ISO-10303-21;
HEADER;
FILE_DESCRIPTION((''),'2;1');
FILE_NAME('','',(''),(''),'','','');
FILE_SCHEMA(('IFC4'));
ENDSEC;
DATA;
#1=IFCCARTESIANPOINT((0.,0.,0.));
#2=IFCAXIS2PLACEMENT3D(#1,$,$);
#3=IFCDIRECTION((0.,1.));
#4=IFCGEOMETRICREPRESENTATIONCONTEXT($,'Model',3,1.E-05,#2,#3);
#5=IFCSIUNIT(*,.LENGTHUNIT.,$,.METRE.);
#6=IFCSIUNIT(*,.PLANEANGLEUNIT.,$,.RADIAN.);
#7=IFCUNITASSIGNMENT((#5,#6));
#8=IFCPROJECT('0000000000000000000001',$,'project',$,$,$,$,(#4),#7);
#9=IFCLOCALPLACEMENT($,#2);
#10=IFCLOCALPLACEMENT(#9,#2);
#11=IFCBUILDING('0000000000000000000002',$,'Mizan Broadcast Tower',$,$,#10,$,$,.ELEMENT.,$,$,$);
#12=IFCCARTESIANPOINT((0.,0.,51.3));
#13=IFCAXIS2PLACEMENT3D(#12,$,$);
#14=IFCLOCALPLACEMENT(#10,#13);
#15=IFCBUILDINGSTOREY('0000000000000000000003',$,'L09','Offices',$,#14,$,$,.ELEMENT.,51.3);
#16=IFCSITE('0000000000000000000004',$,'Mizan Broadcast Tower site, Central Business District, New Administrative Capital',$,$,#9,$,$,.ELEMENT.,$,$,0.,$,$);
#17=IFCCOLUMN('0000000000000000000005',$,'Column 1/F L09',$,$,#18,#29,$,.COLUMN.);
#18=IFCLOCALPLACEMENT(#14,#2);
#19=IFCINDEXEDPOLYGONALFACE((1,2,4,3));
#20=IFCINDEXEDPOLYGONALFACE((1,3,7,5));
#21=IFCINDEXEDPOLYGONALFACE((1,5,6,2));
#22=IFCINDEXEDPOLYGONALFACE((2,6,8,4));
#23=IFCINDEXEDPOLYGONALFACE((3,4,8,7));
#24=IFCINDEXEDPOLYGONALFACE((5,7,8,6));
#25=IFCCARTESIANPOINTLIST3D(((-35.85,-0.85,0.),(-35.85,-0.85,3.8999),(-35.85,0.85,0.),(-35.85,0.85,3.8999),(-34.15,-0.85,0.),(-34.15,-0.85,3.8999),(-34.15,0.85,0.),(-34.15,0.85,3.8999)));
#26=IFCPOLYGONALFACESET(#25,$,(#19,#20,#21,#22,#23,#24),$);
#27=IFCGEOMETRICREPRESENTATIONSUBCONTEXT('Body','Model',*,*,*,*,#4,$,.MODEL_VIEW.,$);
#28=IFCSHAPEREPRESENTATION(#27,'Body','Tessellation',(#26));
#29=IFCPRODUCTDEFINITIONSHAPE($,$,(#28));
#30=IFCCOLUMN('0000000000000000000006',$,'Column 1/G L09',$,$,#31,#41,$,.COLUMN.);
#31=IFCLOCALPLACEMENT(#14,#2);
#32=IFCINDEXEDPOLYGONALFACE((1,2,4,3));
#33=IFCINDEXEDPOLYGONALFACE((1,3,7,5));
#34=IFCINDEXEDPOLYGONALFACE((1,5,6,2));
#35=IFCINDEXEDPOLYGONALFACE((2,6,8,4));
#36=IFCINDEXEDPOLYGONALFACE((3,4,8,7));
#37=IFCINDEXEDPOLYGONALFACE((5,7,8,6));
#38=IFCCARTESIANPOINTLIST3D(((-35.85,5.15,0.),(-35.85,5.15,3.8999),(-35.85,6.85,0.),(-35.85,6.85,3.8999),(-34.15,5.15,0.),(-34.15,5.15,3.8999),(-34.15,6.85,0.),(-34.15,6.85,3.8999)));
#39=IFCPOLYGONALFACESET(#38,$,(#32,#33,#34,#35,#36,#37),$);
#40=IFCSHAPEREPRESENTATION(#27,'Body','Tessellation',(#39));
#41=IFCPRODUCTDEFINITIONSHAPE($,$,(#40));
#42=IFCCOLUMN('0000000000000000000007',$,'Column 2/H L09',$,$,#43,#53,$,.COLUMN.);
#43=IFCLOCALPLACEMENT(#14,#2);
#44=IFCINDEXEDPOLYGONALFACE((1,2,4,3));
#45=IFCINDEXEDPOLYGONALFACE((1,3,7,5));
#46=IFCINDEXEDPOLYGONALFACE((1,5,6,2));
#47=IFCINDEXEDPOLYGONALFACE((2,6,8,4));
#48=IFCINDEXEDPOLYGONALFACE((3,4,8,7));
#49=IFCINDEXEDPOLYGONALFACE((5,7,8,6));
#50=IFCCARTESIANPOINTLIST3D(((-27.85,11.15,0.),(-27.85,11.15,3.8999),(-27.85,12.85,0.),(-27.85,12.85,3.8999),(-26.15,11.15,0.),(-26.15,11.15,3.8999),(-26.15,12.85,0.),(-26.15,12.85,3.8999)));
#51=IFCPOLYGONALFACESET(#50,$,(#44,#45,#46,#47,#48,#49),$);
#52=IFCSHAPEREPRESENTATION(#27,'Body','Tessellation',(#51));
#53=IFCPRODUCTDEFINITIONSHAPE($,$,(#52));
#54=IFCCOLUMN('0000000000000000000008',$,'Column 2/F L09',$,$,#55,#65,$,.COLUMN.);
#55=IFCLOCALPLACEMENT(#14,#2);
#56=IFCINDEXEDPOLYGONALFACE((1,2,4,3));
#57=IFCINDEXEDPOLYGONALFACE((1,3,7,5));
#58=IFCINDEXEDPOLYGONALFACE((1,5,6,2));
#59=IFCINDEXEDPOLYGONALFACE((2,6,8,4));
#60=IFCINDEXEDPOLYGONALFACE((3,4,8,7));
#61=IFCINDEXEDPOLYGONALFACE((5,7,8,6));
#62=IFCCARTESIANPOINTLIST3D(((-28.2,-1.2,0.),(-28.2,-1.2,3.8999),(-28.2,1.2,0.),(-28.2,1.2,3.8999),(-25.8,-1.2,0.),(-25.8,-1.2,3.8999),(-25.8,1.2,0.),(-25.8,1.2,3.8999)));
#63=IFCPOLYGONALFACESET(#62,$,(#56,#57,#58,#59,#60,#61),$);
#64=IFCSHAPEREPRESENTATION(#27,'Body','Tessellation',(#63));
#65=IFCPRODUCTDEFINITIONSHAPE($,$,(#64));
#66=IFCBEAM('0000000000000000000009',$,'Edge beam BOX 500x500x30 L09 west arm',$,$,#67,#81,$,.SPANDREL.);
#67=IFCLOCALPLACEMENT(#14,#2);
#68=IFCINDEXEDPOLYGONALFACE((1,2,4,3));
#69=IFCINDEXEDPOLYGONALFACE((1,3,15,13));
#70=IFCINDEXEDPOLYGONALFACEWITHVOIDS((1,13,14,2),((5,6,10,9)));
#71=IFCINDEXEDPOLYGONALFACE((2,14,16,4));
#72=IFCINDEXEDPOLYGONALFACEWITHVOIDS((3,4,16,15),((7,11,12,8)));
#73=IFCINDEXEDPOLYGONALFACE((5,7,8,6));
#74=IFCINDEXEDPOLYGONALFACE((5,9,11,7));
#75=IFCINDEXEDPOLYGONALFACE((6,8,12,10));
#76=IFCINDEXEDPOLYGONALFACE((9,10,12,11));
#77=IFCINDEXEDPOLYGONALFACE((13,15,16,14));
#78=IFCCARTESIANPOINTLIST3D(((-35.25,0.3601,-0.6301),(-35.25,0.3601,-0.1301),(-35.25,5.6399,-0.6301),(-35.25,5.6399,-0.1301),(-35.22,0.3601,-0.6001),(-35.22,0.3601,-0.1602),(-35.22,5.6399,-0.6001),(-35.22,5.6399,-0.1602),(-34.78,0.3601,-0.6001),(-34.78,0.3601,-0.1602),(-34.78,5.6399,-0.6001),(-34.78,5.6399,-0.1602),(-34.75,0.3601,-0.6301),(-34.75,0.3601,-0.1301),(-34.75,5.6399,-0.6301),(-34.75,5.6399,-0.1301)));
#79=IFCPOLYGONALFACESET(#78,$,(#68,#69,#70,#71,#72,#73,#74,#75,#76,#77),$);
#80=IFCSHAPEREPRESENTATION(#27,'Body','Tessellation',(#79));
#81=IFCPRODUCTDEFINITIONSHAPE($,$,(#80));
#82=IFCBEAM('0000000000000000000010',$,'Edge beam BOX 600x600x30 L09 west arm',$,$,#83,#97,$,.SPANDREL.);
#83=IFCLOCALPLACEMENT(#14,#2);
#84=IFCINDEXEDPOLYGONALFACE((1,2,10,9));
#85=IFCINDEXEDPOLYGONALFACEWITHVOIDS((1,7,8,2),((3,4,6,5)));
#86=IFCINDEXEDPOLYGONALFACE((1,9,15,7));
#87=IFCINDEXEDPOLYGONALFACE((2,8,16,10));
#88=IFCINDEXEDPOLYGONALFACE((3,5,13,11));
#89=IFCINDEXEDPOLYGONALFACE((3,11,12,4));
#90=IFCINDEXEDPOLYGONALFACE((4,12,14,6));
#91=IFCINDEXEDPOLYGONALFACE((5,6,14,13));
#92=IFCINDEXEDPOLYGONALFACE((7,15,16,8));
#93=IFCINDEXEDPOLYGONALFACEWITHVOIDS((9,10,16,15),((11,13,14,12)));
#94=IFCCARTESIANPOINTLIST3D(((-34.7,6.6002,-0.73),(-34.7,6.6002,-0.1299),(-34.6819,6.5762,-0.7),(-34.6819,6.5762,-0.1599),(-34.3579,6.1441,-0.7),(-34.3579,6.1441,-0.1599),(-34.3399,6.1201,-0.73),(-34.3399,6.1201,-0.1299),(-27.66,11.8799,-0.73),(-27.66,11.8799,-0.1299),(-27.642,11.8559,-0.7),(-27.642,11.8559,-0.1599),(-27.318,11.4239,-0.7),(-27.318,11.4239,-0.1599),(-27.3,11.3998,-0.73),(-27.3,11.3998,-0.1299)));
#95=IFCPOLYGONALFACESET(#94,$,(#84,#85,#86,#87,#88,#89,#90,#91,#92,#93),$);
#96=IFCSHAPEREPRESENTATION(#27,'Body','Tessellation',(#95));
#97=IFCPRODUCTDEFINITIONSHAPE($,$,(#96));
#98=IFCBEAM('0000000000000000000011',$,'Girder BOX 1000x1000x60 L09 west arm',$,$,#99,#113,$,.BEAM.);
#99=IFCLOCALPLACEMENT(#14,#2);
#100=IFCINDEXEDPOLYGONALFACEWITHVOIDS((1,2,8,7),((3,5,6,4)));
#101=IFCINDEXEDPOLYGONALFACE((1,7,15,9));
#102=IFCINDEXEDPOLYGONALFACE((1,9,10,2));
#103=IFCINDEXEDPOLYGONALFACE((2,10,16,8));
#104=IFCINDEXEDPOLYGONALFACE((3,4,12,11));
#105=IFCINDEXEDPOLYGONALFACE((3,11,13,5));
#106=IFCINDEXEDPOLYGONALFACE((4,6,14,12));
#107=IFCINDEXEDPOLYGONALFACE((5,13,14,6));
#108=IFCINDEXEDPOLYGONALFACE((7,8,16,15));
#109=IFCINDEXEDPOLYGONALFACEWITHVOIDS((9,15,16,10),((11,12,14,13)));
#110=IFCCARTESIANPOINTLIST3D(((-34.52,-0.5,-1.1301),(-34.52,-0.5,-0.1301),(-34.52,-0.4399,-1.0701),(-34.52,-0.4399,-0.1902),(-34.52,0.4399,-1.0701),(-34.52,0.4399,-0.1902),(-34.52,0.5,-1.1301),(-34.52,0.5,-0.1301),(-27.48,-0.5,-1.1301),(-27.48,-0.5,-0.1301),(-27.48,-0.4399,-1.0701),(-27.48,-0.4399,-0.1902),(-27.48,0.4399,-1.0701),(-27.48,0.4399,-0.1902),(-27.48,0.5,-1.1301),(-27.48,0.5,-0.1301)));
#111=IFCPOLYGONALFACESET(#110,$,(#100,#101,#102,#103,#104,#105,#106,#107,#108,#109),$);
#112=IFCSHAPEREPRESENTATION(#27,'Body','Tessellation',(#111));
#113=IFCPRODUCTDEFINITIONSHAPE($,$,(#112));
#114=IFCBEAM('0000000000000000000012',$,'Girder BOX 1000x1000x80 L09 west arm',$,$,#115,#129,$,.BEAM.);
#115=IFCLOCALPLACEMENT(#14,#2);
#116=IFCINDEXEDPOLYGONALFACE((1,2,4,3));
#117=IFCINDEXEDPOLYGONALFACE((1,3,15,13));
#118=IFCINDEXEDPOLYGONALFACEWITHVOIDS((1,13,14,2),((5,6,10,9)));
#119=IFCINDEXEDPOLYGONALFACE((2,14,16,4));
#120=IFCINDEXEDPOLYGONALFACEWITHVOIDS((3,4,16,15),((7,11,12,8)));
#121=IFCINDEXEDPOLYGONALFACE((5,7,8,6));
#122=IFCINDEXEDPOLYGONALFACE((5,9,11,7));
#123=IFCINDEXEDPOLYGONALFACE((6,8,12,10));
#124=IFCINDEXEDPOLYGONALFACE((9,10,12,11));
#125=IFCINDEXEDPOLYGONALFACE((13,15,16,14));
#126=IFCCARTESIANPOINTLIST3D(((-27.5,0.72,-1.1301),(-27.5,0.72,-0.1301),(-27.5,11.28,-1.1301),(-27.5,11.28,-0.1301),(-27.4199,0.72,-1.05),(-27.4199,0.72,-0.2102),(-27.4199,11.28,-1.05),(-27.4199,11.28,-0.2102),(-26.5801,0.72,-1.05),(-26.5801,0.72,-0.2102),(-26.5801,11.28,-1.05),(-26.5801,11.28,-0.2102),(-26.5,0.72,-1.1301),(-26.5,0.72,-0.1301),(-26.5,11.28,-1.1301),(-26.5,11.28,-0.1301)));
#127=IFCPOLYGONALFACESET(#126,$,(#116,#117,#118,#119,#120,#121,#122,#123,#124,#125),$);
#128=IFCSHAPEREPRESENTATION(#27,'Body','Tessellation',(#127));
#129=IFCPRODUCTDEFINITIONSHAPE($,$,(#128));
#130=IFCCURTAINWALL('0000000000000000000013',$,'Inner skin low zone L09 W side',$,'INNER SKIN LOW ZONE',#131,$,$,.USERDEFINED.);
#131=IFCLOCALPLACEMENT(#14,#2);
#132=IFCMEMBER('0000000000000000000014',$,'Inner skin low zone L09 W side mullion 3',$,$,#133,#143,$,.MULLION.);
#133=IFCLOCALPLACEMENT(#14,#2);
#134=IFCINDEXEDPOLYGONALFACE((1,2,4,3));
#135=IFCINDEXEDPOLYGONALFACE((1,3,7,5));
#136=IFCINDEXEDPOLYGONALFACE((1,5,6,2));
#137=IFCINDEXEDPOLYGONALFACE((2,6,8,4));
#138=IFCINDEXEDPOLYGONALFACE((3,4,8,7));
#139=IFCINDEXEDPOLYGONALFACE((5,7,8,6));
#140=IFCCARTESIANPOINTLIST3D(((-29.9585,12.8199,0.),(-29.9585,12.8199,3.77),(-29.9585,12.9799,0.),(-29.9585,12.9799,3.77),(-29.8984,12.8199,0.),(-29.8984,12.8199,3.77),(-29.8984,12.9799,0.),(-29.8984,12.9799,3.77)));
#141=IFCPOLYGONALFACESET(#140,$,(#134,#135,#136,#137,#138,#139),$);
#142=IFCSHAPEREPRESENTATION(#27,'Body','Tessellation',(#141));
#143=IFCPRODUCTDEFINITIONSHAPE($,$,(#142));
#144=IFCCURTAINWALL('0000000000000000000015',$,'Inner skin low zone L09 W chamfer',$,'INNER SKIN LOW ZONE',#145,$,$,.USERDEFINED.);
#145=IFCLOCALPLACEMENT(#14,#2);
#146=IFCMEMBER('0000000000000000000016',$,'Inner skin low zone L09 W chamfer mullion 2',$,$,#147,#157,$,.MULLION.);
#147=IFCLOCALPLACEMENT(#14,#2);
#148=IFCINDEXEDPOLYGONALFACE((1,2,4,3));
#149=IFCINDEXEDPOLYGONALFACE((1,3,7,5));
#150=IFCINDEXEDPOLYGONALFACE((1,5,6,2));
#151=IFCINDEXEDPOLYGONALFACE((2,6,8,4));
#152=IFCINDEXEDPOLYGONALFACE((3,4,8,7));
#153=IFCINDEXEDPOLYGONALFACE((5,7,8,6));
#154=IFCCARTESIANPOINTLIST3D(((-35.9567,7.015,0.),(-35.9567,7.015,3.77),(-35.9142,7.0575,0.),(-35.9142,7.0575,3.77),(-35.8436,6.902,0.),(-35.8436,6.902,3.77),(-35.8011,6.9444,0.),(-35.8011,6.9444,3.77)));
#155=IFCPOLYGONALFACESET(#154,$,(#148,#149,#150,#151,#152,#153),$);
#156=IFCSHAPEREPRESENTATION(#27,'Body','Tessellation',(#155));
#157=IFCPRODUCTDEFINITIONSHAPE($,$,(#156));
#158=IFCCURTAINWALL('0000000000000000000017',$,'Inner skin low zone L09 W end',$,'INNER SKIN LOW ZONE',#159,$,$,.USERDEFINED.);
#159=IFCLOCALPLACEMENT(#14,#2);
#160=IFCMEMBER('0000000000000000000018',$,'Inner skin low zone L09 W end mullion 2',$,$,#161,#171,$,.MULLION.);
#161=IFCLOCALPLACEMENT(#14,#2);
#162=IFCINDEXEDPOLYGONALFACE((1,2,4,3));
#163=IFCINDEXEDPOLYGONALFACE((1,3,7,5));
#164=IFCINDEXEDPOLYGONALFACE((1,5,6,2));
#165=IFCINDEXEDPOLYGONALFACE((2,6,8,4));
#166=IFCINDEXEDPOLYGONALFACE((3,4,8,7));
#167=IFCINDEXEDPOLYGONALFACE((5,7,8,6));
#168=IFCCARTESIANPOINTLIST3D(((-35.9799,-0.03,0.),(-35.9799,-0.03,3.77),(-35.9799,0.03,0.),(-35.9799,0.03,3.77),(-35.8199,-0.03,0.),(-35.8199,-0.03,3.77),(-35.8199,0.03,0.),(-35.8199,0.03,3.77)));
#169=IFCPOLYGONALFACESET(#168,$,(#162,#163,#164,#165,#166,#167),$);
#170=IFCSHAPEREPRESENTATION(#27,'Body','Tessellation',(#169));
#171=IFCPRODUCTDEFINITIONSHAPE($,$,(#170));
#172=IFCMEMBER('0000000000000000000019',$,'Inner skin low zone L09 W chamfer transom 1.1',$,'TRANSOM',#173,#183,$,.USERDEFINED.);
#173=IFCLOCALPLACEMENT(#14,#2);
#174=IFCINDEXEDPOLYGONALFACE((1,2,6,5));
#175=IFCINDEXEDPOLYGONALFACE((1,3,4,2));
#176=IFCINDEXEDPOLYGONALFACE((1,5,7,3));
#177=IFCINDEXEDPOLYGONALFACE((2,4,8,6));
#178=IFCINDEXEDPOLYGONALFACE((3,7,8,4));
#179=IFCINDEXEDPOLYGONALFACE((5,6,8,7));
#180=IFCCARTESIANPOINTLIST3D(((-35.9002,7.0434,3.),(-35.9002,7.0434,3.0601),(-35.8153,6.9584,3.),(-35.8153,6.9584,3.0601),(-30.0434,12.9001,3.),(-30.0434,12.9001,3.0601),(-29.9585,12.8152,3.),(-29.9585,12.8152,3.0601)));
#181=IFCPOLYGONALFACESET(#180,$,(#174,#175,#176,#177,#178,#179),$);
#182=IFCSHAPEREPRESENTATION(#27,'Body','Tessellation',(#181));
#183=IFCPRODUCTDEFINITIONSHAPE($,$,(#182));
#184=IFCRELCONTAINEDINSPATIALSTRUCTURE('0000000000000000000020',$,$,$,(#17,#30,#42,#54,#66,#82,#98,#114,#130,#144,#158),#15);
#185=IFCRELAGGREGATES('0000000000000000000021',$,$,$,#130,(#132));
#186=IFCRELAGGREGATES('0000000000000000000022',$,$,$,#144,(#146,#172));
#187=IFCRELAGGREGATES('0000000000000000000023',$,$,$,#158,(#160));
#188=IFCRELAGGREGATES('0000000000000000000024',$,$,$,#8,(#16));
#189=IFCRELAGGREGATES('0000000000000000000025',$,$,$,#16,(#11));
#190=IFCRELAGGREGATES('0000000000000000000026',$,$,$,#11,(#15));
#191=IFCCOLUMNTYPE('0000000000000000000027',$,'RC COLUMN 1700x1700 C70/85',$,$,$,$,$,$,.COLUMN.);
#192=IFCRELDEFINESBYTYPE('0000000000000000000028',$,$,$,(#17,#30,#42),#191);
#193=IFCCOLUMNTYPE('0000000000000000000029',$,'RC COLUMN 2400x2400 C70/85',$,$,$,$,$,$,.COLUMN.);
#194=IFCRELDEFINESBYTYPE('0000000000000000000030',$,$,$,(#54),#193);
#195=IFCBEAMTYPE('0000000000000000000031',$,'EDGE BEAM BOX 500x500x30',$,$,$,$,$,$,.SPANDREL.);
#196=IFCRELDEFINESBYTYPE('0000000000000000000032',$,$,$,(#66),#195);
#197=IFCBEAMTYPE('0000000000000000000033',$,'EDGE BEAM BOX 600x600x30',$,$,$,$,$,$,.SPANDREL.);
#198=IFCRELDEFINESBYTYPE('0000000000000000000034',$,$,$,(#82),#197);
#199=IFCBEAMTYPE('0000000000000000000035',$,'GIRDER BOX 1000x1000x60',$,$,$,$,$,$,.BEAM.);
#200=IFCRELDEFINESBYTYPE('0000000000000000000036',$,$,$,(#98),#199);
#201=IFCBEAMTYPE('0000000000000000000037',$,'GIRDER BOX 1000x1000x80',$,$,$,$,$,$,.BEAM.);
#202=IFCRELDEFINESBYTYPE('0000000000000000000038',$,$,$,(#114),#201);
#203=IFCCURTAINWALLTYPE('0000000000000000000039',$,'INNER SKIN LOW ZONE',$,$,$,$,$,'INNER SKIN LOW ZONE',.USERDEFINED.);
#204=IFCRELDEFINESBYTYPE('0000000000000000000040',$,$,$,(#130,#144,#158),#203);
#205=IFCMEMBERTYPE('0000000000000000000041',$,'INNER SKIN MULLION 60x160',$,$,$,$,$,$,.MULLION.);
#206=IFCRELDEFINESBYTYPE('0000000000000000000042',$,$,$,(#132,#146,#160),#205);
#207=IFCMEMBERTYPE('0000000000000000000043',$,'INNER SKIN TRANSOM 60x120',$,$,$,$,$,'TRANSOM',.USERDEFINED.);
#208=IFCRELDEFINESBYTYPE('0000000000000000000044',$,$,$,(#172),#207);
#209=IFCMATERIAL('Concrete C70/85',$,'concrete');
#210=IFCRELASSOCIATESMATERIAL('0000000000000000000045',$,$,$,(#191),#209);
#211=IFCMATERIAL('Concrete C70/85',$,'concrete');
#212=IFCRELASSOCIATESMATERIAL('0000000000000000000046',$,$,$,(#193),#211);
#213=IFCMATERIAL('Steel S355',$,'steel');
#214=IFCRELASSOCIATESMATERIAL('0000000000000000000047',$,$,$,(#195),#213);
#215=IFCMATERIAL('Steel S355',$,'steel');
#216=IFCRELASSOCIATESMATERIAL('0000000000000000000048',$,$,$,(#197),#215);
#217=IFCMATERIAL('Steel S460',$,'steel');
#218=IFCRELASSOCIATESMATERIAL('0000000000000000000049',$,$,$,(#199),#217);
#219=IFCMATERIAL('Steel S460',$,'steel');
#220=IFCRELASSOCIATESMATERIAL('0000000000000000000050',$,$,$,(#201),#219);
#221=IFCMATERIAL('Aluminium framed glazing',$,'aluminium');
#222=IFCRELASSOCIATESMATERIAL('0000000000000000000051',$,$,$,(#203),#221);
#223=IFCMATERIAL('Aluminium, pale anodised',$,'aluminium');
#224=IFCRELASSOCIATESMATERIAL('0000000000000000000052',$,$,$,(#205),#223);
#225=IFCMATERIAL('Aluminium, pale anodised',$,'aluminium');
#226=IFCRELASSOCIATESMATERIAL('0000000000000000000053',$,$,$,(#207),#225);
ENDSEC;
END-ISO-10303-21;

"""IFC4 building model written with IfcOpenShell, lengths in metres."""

from ifc_helpers import new_model, si_unit, direction, frame, origin, origin_2d, place, context, subcontext, project, spatial, rectangle, hollow_rectangle, extrude, material, material_profile, profile_set, type_object, element, aggregate, save


model = new_model("IFC4")

# Units and contexts
model_context = context("Model", 3, precision=1e-05, world=origin(), true_north=direction((0.0, 1.0)))
body_context = subcontext(model_context, "Body", "Model", "MODEL_VIEW")
ifc_project = project(units=[si_unit("LENGTHUNIT", "METRE"), si_unit("PLANEANGLEUNIT", "RADIAN")], contexts=[model_context])

# Site, building, storey
site_placement = place(None, origin())
site = spatial("IfcSite", under=ifc_project, at=site_placement, Name="Mizan Broadcast Tower site, Central Business District, New Administrative Capital", CompositionType="ELEMENT", RefElevation=0.0)
building_placement = place(site_placement, origin())
building = spatial("IfcBuilding", under=site, at=building_placement, Name="Mizan Broadcast Tower", CompositionType="ELEMENT")
storey_placement = place(building_placement, frame((0.0, 0.0, 51.3)))
storey = spatial("IfcBuildingStorey", under=building, at=storey_placement, Name="L09", Description="Offices", CompositionType="ELEMENT", Elevation=51.3)

# Columns
ifc_material_1 = material(Name="Concrete C70/85", Category="concrete")
ifc_material_profile_1 = material_profile(ifc_material_1, rectangle(XDim=1.7, YDim=1.7, at=origin_2d()), Name="RC 1700x1700")
ifc_profile_set_1 = profile_set([ifc_material_profile_1], Name="Concrete C70/85")
column_type_1 = type_object("IfcColumnType", Name="RC COLUMN 1700x1700 C70/85", PredefinedType="COLUMN", material=ifc_profile_set_1)
for number, where, z_axis, x_axis, name in (
    (1, (-35.0, 0.0, 0.0), (0.0, 0.0, 1.0), (1.0, 0.0, 0.0), "Column 1/F L09"),
    (2, (-35.0, 6.0, 0.0), (0.0, 0.0, 1.0), (1.0, 0.0, 0.0), "Column 1/G L09"),
    (3, (-27.0, 12.0, 0.0), (0.0, 0.0, 1.0), (1.0, 0.0, 0.0), "Column 2/H L09"),
):
    element("IfcColumn", number, at=place(storey_placement, frame(where, z_axis=z_axis, x_axis=x_axis)), inside=storey, type_object=column_type_1, Name=name, PredefinedType="COLUMN", context=body_context, shape_type="SweptSolid", body=[
        extrude(rectangle(XDim=1.7, YDim=1.7, at=origin_2d()), origin(), (0.0, 0.0, 1.0), 3.8999),
    ])
ifc_material_2 = material(Name="Concrete C70/85", Category="concrete")
ifc_material_profile_2 = material_profile(ifc_material_2, rectangle(XDim=2.3999, YDim=2.3999, at=origin_2d()), Name="RC 2400x2400")
ifc_profile_set_2 = profile_set([ifc_material_profile_2], Name="Concrete C70/85")
column_type_2 = type_object("IfcColumnType", Name="RC COLUMN 2400x2400 C70/85", PredefinedType="COLUMN", material=ifc_profile_set_2)
column_placement = place(storey_placement, frame((-27.0, 0.0, 0.0), z_axis=(0.0, 0.0, 1.0), x_axis=(1.0, 0.0, 0.0)))
element("IfcColumn", 4, at=column_placement, inside=storey, type_object=column_type_2, Name="Column 2/F L09", PredefinedType="COLUMN", context=body_context, shape_type="SweptSolid", body=[
    extrude(rectangle(XDim=2.3999, YDim=2.3999, at=origin_2d()), origin(), (0.0, 0.0, 1.0), 3.8999),
])

# Beams
ifc_material_3 = material(Name="Steel S355", Category="steel")
ifc_material_profile_3 = material_profile(ifc_material_3, hollow_rectangle(XDim=0.5, YDim=0.5, WallThickness=0.03, at=origin_2d()), Name="BOX 500x500x30")
ifc_profile_set_3 = profile_set([ifc_material_profile_3], Name="Steel S355")
beam_type_1 = type_object("IfcBeamType", Name="EDGE BEAM BOX 500x500x30", PredefinedType="SPANDREL", material=ifc_profile_set_3)
beam_1_placement = place(storey_placement, frame((-35.0, 5.6399, -0.3801), z_axis=(0.0, -1.0, 0.0), x_axis=(1.0, 0.0, 0.0)))
element("IfcBeam", 5, at=beam_1_placement, inside=storey, type_object=beam_type_1, Name="Edge beam BOX 500x500x30 L09 west arm", PredefinedType="SPANDREL", context=body_context, shape_type="SweptSolid", body=[
    extrude(hollow_rectangle(XDim=0.5, YDim=0.5, WallThickness=0.03, at=origin_2d()), origin(), (0.0, 0.0, 1.0), 5.2798),
])
ifc_material_4 = material(Name="Steel S355", Category="steel")
ifc_material_profile_4 = material_profile(ifc_material_4, hollow_rectangle(XDim=0.6001, YDim=0.6001, WallThickness=0.03, at=origin_2d()), Name="BOX 600x600x30")
ifc_profile_set_4 = profile_set([ifc_material_profile_4], Name="Steel S355")
beam_type_2 = type_object("IfcBeamType", Name="EDGE BEAM BOX 600x600x30", PredefinedType="SPANDREL", material=ifc_profile_set_4)
beam_2_placement = place(storey_placement, frame((-27.48, 11.6399, -0.4299), z_axis=(-0.800013, -0.599982, 0.0), x_axis=(0.599982, -0.800013, 0.0)))
element("IfcBeam", 6, at=beam_2_placement, inside=storey, type_object=beam_type_2, Name="Edge beam BOX 600x600x30 L09 west arm", PredefinedType="SPANDREL", context=body_context, shape_type="SweptSolid", body=[
    extrude(hollow_rectangle(XDim=0.6001, YDim=0.6001, WallThickness=0.03, at=origin_2d()), origin(), (0.0, 0.0, 1.0), 8.7998),
])
ifc_material_5 = material(Name="Steel S460", Category="steel")
ifc_material_profile_5 = material_profile(ifc_material_5, hollow_rectangle(XDim=1.0, YDim=1.0, WallThickness=0.0601, at=origin_2d()), Name="BOX 1000x1000x60")
ifc_profile_set_5 = profile_set([ifc_material_profile_5], Name="Steel S460")
beam_type_3 = type_object("IfcBeamType", Name="GIRDER BOX 1000x1000x60", PredefinedType="BEAM", material=ifc_profile_set_5)
beam_3_placement = place(storey_placement, frame((-27.48, 0.0, -0.6301), z_axis=(-1.0, 0.0, 0.0), x_axis=(0.0, -1.0, 0.0)))
element("IfcBeam", 7, at=beam_3_placement, inside=storey, type_object=beam_type_3, Name="Girder BOX 1000x1000x60 L09 west arm", PredefinedType="BEAM", context=body_context, shape_type="SweptSolid", body=[
    extrude(hollow_rectangle(XDim=1.0, YDim=1.0, WallThickness=0.0601, at=origin_2d()), origin(), (0.0, 0.0, 1.0), 7.04),
])
ifc_material_6 = material(Name="Steel S460", Category="steel")
ifc_material_profile_6 = material_profile(ifc_material_6, hollow_rectangle(XDim=1.0, YDim=1.0, WallThickness=0.0801, at=origin_2d()), Name="BOX 1000x1000x80")
ifc_profile_set_6 = profile_set([ifc_material_profile_6], Name="Steel S460")
beam_type_4 = type_object("IfcBeamType", Name="GIRDER BOX 1000x1000x80", PredefinedType="BEAM", material=ifc_profile_set_6)
beam_4_placement = place(storey_placement, frame((-27.0, 11.28, -0.6301), z_axis=(0.0, -1.0, 0.0), x_axis=(1.0, 0.0, 0.0)))
element("IfcBeam", 8, at=beam_4_placement, inside=storey, type_object=beam_type_4, Name="Girder BOX 1000x1000x80 L09 west arm", PredefinedType="BEAM", context=body_context, shape_type="SweptSolid", body=[
    extrude(hollow_rectangle(XDim=1.0, YDim=1.0, WallThickness=0.0801, at=origin_2d()), origin(), (0.0, 0.0, 1.0), 10.5601),
])

# Curtain walls, members
ifc_material_7 = material(Name="Aluminium framed glazing", Category="aluminium")
curtain_wall_type_1 = type_object("IfcCurtainWallType", Name="INNER SKIN LOW ZONE", ElementType="INNER SKIN LOW ZONE", PredefinedType="USERDEFINED", material=ifc_material_7)
curtain_wall_1_placement = place(storey_placement, origin())
curtain_wall_1 = element("IfcCurtainWall", 9, at=curtain_wall_1_placement, inside=storey, type_object=curtain_wall_type_1, Name="Inner skin low zone L09 W side", ObjectType="INNER SKIN LOW ZONE", PredefinedType="USERDEFINED")
ifc_material_8 = material(Name="Aluminium, pale anodised", Category="aluminium")
ifc_material_profile_7 = material_profile(ifc_material_8, rectangle(XDim=0.1599, YDim=0.0601, at=origin_2d()), Name="MULLION 160x60")
ifc_profile_set_7 = profile_set([ifc_material_profile_7], Name="Aluminium, pale anodised")
member_type_1 = type_object("IfcMemberType", Name="INNER SKIN MULLION 60x160", PredefinedType="MULLION", material=ifc_profile_set_7)
member_1_placement = place(storey_placement, frame((-29.9285, 12.8999, 0.0), z_axis=(0.0, 0.0, 1.0), x_axis=(0.0, -1.0, 0.0)))
member_1 = element("IfcMember", 10, at=member_1_placement, type_object=member_type_1, Name="Inner skin low zone L09 W side mullion 3", PredefinedType="MULLION", context=body_context, shape_type="SweptSolid", body=[
    extrude(rectangle(XDim=0.1599, YDim=0.0601, at=origin_2d()), origin(), (0.0, 0.0, 1.0), 3.77),
])
curtain_wall_2_placement = place(storey_placement, origin())
curtain_wall_2 = element("IfcCurtainWall", 11, at=curtain_wall_2_placement, inside=storey, type_object=curtain_wall_type_1, Name="Inner skin low zone L09 W chamfer", ObjectType="INNER SKIN LOW ZONE", PredefinedType="USERDEFINED")
member_2_placement = place(storey_placement, frame((-35.8789, 6.9797, 0.0), z_axis=(0.0, 0.0, 1.0), x_axis=(0.707107, -0.707107, 0.0)))
member_2 = element("IfcMember", 12, at=member_2_placement, type_object=member_type_1, Name="Inner skin low zone L09 W chamfer mullion 2", PredefinedType="MULLION", context=body_context, shape_type="SweptSolid", body=[
    extrude(rectangle(XDim=0.1599, YDim=0.0601, at=origin_2d()), origin(), (0.0, 0.0, 1.0), 3.77),
])
curtain_wall_3_placement = place(storey_placement, origin())
curtain_wall_3 = element("IfcCurtainWall", 13, at=curtain_wall_3_placement, inside=storey, type_object=curtain_wall_type_1, Name="Inner skin low zone L09 W end", ObjectType="INNER SKIN LOW ZONE", PredefinedType="USERDEFINED")
member_3_placement = place(storey_placement, frame((-35.8999, 0.0, 0.0), z_axis=(0.0, 0.0, 1.0), x_axis=(1.0, 0.0, 0.0)))
member_3 = element("IfcMember", 14, at=member_3_placement, type_object=member_type_1, Name="Inner skin low zone L09 W end mullion 2", PredefinedType="MULLION", context=body_context, shape_type="SweptSolid", body=[
    extrude(rectangle(XDim=0.1599, YDim=0.0601, at=origin_2d()), origin(), (0.0, 0.0, 1.0), 3.77),
])

# Member
ifc_material_9 = material(Name="Aluminium, pale anodised", Category="aluminium")
ifc_material_profile_8 = material_profile(ifc_material_9, rectangle(XDim=0.1201, YDim=0.0601, at=origin_2d()), Name="TRANSOM 120x60")
ifc_profile_set_8 = profile_set([ifc_material_profile_8], Name="Aluminium, pale anodised")
member_type_2 = type_object("IfcMemberType", Name="INNER SKIN TRANSOM 60x120", ElementType="TRANSOM", PredefinedType="USERDEFINED", material=ifc_profile_set_8)
member_4_placement = place(storey_placement, frame((-30.001, 12.8577, 3.03), z_axis=(-0.707107, -0.707107, 0.0), x_axis=(0.707107, -0.707107, 0.0)))
member_4 = element("IfcMember", 15, at=member_4_placement, type_object=member_type_2, Name="Inner skin low zone L09 W chamfer transom 1.1", ObjectType="TRANSOM", PredefinedType="USERDEFINED", context=body_context, shape_type="SweptSolid", body=[
    extrude(rectangle(XDim=0.1201, YDim=0.0601, at=origin_2d()), origin(), (0.0, 0.0, 1.0), 8.2827),
])

aggregate(curtain_wall_1, [member_1])
aggregate(curtain_wall_2, [member_2, member_4])
aggregate(curtain_wall_3, [member_3])

save(model, "model.ifc")
